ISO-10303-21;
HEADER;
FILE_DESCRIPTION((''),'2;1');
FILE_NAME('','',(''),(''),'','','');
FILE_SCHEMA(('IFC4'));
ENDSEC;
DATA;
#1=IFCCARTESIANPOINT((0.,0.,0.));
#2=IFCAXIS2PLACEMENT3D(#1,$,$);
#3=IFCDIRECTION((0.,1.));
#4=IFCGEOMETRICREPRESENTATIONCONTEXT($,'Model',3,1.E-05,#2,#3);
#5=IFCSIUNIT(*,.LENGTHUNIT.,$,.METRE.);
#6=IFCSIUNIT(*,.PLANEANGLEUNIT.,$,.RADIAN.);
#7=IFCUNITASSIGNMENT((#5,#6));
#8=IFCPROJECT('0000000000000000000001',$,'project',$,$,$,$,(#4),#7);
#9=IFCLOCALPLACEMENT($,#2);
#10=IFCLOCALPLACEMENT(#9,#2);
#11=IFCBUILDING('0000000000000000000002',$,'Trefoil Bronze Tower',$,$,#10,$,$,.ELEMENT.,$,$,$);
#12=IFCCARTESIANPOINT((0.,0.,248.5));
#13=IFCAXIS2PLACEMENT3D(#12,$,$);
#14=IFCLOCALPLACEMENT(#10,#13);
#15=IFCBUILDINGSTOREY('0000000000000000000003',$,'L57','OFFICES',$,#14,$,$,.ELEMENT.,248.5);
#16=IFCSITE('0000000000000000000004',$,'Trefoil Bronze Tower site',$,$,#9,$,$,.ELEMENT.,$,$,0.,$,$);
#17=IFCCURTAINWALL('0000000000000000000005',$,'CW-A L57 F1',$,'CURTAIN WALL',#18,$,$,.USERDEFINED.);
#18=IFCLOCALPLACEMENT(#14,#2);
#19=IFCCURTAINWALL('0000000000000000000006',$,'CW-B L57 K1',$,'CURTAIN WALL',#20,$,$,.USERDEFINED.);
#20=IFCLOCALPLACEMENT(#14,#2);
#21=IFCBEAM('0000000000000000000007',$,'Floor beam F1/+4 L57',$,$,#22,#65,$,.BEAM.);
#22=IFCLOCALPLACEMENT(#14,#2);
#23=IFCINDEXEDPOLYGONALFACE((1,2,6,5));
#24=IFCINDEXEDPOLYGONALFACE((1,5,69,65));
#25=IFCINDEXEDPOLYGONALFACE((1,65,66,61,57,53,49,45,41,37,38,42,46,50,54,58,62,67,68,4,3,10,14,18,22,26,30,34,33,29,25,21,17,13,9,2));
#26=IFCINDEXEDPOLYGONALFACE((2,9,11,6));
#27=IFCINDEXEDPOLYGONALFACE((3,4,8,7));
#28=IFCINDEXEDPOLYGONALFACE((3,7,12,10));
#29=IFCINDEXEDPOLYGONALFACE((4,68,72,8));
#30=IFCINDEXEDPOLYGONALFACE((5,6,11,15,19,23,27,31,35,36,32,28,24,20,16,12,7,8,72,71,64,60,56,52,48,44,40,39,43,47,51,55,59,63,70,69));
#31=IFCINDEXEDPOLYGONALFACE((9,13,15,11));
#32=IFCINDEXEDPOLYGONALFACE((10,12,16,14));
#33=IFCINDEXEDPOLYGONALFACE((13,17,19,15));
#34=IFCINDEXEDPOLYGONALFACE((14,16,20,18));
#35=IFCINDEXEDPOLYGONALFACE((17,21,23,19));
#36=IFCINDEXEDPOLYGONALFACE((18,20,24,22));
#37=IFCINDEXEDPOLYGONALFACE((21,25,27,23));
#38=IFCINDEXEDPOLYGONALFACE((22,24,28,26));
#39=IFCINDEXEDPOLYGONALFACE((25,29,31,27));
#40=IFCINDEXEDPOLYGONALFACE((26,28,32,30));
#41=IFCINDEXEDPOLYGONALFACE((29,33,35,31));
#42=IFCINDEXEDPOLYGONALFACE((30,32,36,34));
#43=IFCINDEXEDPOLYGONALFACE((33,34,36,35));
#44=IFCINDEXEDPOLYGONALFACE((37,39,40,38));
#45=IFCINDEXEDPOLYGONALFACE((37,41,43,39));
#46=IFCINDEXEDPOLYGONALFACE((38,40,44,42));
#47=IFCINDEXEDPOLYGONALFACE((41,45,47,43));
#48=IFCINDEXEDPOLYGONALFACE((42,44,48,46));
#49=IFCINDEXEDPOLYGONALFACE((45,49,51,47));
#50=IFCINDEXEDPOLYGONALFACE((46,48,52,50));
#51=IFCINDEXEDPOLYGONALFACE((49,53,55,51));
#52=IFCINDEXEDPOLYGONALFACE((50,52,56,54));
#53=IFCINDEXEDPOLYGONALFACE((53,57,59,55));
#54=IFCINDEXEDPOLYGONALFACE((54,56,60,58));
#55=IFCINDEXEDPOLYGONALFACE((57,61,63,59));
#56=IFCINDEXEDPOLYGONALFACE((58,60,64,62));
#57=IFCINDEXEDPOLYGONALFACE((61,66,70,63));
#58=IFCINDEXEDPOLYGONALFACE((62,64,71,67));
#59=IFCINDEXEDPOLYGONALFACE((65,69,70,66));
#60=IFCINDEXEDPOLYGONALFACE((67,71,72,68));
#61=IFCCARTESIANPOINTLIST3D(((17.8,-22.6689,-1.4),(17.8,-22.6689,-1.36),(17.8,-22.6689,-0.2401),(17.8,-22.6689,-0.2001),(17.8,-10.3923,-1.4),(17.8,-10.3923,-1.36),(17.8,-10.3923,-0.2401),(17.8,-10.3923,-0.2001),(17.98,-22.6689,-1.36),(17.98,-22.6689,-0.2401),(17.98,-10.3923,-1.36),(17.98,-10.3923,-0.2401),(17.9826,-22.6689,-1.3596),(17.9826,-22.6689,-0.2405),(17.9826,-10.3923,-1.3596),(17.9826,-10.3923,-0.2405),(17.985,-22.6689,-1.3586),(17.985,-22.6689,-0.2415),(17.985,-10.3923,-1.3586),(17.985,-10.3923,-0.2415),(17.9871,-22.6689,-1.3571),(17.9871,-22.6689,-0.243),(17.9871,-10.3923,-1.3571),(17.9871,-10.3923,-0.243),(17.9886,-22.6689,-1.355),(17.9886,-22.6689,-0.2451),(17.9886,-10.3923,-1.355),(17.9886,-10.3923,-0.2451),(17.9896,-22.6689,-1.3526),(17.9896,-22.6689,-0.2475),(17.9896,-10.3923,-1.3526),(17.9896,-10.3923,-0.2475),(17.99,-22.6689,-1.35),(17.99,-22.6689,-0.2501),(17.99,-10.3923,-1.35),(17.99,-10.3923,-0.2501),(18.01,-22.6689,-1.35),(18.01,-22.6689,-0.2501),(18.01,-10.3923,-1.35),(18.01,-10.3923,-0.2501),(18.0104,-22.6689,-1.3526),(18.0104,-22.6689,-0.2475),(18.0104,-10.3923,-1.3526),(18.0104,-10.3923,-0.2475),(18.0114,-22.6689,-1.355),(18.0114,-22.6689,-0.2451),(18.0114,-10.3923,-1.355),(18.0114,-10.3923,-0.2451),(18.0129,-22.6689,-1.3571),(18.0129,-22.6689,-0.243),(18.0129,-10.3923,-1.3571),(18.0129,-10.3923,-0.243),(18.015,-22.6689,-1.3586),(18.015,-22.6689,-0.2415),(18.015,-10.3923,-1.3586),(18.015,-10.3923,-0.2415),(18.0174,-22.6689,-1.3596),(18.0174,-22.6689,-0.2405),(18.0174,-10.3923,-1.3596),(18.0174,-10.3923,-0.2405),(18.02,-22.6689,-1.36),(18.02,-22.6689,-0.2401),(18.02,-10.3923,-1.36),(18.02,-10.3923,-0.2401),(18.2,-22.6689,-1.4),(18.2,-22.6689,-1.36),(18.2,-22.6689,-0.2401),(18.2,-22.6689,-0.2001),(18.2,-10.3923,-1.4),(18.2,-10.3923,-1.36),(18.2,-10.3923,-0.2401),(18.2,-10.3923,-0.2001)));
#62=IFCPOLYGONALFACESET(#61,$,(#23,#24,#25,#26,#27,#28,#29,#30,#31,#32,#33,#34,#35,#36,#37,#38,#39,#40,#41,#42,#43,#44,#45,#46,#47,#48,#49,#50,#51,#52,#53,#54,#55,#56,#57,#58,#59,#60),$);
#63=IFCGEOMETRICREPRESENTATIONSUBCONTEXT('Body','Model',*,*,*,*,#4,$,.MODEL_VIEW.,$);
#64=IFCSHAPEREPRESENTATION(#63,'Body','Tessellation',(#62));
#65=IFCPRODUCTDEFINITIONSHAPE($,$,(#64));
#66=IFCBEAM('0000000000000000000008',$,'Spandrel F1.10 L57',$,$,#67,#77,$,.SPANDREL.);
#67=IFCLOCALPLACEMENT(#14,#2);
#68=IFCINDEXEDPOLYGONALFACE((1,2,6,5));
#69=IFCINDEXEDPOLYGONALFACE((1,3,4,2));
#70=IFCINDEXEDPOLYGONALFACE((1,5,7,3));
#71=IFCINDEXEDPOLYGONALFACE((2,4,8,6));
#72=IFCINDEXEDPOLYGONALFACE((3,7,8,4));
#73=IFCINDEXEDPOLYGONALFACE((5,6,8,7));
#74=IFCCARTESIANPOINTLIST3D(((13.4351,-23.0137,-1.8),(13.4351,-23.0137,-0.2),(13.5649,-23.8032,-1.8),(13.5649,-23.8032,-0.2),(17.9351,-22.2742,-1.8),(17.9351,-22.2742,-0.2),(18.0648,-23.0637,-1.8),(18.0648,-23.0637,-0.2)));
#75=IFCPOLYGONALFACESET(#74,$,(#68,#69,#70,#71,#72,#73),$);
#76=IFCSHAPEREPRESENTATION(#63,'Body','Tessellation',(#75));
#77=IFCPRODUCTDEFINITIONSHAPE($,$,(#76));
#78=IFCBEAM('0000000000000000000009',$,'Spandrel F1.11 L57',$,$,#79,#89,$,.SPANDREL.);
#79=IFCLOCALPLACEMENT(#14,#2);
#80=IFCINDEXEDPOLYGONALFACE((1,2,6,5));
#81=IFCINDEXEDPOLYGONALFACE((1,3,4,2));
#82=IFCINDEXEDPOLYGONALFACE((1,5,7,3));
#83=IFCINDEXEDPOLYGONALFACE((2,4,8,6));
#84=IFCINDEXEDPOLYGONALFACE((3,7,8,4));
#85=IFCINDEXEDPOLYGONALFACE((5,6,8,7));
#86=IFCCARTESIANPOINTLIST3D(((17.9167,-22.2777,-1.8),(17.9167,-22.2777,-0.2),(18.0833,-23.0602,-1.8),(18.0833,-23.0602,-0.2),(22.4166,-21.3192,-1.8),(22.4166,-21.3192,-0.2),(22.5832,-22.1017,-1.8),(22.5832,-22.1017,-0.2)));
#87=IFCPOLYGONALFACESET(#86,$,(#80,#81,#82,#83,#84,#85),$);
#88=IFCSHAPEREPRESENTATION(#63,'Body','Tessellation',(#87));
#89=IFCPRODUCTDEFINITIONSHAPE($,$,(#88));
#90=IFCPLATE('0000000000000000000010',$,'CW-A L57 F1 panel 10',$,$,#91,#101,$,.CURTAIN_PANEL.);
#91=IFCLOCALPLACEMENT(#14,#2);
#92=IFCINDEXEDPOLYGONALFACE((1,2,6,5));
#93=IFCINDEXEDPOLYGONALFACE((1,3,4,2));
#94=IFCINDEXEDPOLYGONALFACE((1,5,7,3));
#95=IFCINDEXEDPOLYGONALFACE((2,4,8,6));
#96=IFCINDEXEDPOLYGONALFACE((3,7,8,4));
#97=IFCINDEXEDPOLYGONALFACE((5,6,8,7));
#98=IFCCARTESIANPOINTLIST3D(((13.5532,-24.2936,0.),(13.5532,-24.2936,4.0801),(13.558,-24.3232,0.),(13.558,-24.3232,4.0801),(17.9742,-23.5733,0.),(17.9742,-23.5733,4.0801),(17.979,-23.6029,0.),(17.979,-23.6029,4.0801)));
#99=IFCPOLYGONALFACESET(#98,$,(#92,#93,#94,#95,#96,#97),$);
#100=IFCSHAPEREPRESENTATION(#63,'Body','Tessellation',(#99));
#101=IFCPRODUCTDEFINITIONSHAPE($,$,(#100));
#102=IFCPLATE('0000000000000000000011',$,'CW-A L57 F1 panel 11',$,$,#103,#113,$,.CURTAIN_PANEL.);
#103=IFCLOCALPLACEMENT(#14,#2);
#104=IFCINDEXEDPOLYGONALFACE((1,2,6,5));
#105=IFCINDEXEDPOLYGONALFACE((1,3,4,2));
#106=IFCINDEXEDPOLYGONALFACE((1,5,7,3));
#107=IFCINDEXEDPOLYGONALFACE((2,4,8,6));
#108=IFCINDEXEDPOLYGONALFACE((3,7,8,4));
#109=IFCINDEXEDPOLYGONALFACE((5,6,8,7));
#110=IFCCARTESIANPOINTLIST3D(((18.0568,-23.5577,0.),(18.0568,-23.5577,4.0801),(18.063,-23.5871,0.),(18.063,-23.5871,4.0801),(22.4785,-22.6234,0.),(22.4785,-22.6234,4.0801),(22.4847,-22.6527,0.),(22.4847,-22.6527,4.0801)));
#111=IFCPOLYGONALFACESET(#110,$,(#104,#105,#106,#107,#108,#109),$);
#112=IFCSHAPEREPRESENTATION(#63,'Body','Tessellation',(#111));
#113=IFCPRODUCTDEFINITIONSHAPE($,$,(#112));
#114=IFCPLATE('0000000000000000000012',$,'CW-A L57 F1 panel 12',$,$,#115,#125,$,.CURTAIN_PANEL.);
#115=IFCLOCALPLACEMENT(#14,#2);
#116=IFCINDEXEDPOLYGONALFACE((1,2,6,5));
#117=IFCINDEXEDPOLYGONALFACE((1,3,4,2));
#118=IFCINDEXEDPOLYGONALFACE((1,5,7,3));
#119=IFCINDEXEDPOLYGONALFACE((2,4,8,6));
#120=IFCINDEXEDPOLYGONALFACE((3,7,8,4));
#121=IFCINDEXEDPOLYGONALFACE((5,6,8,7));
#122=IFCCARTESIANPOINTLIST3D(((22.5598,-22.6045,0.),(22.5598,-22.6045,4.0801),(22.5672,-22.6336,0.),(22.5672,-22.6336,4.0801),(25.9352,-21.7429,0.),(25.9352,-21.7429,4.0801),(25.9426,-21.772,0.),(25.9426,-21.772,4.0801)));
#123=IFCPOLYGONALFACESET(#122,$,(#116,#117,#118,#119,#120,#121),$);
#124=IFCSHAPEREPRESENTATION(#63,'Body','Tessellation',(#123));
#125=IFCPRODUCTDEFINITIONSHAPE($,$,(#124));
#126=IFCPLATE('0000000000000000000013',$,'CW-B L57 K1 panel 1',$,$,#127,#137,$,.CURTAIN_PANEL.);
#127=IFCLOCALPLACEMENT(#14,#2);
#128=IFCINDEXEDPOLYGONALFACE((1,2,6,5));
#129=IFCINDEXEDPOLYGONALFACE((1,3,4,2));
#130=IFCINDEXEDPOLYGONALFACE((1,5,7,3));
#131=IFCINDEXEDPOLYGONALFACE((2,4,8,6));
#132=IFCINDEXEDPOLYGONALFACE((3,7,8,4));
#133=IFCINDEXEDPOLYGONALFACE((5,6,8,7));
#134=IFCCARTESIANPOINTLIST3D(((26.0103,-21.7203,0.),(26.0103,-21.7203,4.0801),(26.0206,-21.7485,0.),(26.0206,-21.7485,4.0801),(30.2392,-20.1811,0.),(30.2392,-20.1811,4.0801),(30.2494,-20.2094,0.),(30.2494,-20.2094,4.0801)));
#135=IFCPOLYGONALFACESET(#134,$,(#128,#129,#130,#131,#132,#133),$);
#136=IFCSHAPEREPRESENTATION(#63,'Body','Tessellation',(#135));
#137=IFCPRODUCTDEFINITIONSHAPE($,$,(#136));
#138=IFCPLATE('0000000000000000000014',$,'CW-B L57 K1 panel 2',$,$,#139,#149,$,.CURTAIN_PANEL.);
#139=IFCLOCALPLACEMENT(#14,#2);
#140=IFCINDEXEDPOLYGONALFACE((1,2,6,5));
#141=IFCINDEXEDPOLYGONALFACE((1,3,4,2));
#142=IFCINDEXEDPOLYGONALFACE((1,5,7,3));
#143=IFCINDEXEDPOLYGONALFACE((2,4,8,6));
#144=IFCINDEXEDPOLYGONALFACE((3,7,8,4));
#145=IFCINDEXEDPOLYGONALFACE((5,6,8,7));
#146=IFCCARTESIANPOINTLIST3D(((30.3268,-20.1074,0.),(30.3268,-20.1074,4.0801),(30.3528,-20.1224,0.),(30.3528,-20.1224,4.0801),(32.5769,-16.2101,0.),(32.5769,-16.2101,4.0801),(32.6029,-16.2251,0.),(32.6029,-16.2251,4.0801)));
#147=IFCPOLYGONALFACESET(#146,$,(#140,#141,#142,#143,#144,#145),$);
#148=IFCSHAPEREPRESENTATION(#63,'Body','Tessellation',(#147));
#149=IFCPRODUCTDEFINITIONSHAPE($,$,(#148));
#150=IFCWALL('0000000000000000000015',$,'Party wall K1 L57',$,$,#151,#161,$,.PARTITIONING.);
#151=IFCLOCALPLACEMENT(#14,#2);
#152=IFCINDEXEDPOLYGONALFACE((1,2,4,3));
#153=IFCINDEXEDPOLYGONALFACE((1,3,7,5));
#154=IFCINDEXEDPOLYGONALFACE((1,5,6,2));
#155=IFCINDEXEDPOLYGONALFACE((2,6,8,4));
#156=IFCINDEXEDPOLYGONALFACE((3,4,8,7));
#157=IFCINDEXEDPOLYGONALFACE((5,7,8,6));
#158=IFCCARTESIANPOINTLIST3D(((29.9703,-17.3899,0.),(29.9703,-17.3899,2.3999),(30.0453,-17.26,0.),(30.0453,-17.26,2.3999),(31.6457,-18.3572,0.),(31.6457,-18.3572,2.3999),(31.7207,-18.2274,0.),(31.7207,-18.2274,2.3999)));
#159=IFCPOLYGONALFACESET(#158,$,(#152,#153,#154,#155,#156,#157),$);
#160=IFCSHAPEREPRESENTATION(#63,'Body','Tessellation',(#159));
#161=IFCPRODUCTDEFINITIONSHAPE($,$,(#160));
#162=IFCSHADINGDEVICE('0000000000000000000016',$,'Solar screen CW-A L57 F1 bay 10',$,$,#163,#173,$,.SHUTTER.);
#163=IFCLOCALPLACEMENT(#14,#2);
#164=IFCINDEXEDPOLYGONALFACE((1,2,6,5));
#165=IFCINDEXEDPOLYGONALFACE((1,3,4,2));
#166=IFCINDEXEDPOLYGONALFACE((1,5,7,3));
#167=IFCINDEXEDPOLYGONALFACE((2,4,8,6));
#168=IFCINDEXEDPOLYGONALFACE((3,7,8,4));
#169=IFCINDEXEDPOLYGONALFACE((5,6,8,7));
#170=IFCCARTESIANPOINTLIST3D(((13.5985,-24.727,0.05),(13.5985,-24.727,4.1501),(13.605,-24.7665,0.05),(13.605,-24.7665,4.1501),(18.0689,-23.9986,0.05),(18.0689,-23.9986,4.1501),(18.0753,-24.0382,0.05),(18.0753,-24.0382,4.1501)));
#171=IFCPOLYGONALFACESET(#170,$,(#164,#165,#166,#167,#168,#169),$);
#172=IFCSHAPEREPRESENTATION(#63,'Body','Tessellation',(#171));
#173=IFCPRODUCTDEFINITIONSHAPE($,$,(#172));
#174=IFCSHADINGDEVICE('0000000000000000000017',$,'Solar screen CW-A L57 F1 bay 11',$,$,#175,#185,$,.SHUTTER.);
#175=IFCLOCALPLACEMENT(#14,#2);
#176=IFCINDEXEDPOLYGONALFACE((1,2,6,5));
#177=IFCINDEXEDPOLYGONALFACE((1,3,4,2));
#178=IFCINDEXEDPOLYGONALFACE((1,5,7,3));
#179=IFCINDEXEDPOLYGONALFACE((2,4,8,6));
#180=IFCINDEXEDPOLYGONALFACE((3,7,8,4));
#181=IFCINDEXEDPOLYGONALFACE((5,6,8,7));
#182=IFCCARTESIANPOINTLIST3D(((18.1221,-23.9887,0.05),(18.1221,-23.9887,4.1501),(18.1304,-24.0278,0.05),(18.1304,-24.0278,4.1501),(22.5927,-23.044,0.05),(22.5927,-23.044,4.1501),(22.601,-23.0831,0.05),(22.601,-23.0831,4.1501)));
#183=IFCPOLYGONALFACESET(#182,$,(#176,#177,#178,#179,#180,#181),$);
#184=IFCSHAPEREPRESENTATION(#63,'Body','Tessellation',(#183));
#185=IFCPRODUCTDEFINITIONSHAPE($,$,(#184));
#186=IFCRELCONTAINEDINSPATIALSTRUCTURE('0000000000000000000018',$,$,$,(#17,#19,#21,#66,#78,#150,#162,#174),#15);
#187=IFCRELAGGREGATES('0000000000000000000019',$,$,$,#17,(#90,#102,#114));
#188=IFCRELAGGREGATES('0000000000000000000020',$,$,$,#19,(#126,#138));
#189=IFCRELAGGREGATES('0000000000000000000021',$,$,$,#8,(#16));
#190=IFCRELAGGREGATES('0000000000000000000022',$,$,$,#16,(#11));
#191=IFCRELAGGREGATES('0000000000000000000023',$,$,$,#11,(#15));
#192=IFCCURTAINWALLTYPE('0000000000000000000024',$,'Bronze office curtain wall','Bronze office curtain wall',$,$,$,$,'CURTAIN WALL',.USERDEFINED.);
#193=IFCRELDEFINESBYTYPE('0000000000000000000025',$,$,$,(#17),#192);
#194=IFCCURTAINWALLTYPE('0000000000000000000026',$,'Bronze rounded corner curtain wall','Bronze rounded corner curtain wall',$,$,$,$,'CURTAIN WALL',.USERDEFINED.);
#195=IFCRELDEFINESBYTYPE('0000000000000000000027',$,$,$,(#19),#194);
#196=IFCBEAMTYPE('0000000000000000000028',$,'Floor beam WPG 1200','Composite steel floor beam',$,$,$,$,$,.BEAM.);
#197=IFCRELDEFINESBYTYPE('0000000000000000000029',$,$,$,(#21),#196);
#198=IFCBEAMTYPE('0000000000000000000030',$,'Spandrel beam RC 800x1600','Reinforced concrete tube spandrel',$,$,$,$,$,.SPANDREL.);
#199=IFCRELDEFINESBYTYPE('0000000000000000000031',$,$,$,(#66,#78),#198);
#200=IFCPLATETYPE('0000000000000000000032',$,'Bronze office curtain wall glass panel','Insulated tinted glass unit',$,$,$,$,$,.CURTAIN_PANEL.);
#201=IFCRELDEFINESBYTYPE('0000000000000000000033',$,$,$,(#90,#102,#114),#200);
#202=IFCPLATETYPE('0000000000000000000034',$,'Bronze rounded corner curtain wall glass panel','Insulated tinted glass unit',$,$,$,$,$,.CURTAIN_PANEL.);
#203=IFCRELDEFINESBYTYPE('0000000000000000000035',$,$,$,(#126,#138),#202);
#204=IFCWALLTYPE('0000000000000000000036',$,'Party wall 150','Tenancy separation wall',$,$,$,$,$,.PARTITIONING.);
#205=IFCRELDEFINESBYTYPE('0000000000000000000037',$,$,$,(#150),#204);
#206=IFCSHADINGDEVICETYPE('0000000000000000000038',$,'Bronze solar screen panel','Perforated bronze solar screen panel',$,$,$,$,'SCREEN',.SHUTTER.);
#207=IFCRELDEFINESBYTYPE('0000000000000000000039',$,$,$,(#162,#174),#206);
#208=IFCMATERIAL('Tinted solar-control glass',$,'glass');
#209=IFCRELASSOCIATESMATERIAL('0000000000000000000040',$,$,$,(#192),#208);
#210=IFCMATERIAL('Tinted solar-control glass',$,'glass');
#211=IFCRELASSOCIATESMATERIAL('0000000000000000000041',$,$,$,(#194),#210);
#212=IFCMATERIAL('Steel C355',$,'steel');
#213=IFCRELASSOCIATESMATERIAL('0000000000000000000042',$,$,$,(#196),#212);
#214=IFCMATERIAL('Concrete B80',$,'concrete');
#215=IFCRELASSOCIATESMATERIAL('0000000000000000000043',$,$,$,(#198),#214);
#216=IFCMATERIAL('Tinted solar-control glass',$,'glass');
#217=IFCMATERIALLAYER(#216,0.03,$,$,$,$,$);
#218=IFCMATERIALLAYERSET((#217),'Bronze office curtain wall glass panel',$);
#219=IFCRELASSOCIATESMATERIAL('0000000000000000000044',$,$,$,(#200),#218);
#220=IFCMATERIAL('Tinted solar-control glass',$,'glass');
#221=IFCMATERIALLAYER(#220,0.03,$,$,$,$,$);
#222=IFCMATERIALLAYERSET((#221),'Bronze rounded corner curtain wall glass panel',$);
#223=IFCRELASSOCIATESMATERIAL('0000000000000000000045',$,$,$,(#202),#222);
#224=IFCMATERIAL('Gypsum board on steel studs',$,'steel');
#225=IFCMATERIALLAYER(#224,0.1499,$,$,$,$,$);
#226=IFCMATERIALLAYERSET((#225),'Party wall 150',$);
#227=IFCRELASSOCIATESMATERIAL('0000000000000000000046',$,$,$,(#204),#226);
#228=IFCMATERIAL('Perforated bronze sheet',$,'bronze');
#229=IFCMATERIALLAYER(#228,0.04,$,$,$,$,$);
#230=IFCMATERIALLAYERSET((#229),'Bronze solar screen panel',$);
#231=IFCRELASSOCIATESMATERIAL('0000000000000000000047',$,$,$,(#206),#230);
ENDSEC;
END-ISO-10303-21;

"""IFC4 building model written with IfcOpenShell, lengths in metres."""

from ifc_helpers import new_model, si_unit, direction, frame, frame_2d, origin, origin_2d, place, context, subcontext, project, spatial, rectangle, i_section, extrude, material, layer, layer_set, material_profile, profile_set, type_object, element, aggregate, save


model = new_model("IFC4")

# Units and contexts
model_context = context("Model", 3, precision=1e-05, world=origin(), true_north=direction((0.0, 1.0)))
body_context = subcontext(model_context, "Body", "Model", "MODEL_VIEW")
ifc_project = project(units=[si_unit("LENGTHUNIT", "METRE"), si_unit("PLANEANGLEUNIT", "RADIAN")], contexts=[model_context])

# Site, building, storey
site_placement = place(None, origin())
site = spatial("IfcSite", under=ifc_project, at=site_placement, Name="Trefoil Bronze Tower site", CompositionType="ELEMENT", RefElevation=0.0)
building_placement = place(site_placement, origin())
building = spatial("IfcBuilding", under=site, at=building_placement, Name="Trefoil Bronze Tower", CompositionType="ELEMENT")
storey_placement = place(building_placement, frame((0.0, 0.0, 248.5)))
storey = spatial("IfcBuildingStorey", under=building, at=storey_placement, Name="L57", Description="OFFICES", CompositionType="ELEMENT", Elevation=248.5)

# Curtain walls
ifc_material_1 = material(Name="Tinted solar-control glass", Category="glass")
curtain_wall_type_1 = type_object("IfcCurtainWallType", Name="Bronze office curtain wall", Description="Bronze office curtain wall", ElementType="CURTAIN WALL", PredefinedType="USERDEFINED", material=ifc_material_1)
curtain_wall_1_placement = place(storey_placement, origin())
curtain_wall_1 = element("IfcCurtainWall", 1, at=curtain_wall_1_placement, inside=storey, type_object=curtain_wall_type_1, Name="CW-A L57 F1", ObjectType="CURTAIN WALL", PredefinedType="USERDEFINED")
ifc_material_2 = material(Name="Tinted solar-control glass", Category="glass")
curtain_wall_type_2 = type_object("IfcCurtainWallType", Name="Bronze rounded corner curtain wall", Description="Bronze rounded corner curtain wall", ElementType="CURTAIN WALL", PredefinedType="USERDEFINED", material=ifc_material_2)
curtain_wall_2_placement = place(storey_placement, origin())
curtain_wall_2 = element("IfcCurtainWall", 2, at=curtain_wall_2_placement, inside=storey, type_object=curtain_wall_type_2, Name="CW-B L57 K1", ObjectType="CURTAIN WALL", PredefinedType="USERDEFINED")

# Beams
ifc_material_3 = material(Name="Steel C355", Category="steel")
ifc_material_profile_1 = material_profile(ifc_material_3, i_section(OverallWidth=0.3999, OverallDepth=1.2, WebThickness=0.02, FlangeThickness=0.04, FilletRadius=0.01, at=origin_2d()), Name="WPG 1200")
ifc_profile_set_1 = profile_set([ifc_material_profile_1], Name="Steel C355")
beam_type_1 = type_object("IfcBeamType", Name="Floor beam WPG 1200", Description="Composite steel floor beam", PredefinedType="BEAM", material=ifc_profile_set_1)
beam_1_placement = place(storey_placement, frame((18.0, -22.6689, -0.8), z_axis=(0.0, 1.0, 0.0), x_axis=(-1.0, 0.0, 0.0)))
element("IfcBeam", 3, at=beam_1_placement, inside=storey, type_object=beam_type_1, Name="Floor beam F1/+4 L57", PredefinedType="BEAM", context=body_context, shape_type="SweptSolid", body=[
    extrude(i_section(OverallWidth=0.3999, OverallDepth=1.2, WebThickness=0.02, FlangeThickness=0.04, FilletRadius=0.01, at=origin_2d()), origin(), (0.0, 0.0, 1.0), 12.2766),
])
ifc_material_4 = material(Name="Concrete B80", Category="concrete")
ifc_material_profile_2 = material_profile(ifc_material_4, rectangle(XDim=0.8, YDim=1.6001, at=origin_2d()), Name="RC 800x1600")
ifc_profile_set_2 = profile_set([ifc_material_profile_2], Name="Concrete B80")
beam_type_2 = type_object("IfcBeamType", Name="Spandrel beam RC 800x1600", Description="Reinforced concrete tube spandrel", PredefinedType="SPANDREL", material=ifc_profile_set_2)
beam_2_placement = place(storey_placement, frame((13.5, -23.4084, -1.0), z_axis=(0.986765, 0.162159, 0.0), x_axis=(-0.162159, 0.986765, 0.0)))
element("IfcBeam", 4, at=beam_2_placement, inside=storey, type_object=beam_type_2, Name="Spandrel F1.10 L57", PredefinedType="SPANDREL", context=body_context, shape_type="SweptSolid", body=[
    extrude(rectangle(XDim=0.8, YDim=1.6001, at=origin_2d()), origin(), (0.0, 0.0, 1.0), 4.5603),
])
beam_3_placement = place(storey_placement, frame((18.0, -22.6689, -1.0), z_axis=(0.978059, 0.208326, 0.0), x_axis=(-0.208326, 0.978059, 0.0)))
element("IfcBeam", 5, at=beam_3_placement, inside=storey, type_object=beam_type_2, Name="Spandrel F1.11 L57", PredefinedType="SPANDREL", context=body_context, shape_type="SweptSolid", body=[
    extrude(rectangle(XDim=0.8, YDim=1.6001, at=origin_2d()), origin(), (0.0, 0.0, 1.0), 4.6008),
])

# Plates
ifc_material_5 = material(Name="Tinted solar-control glass", Category="glass")
ifc_layer_1 = layer(ifc_material_5, 0.03)
ifc_layer_set_1 = layer_set([ifc_layer_1], Name="Bronze office curtain wall glass panel")
plate_type_1 = type_object("IfcPlateType", Name="Bronze office curtain wall glass panel", Description="Insulated tinted glass unit", PredefinedType="CURTAIN_PANEL", material=ifc_layer_set_1)
plate_1_placement = place(storey_placement, frame((15.7661, -23.9482, 0.0), z_axis=(0.0, 0.0, 1.0), x_axis=(0.986987, 0.160803, 0.0)))
plate_1 = element("IfcPlate", 6, at=plate_1_placement, type_object=plate_type_1, Name="CW-A L57 F1 panel 10", PredefinedType="CURTAIN_PANEL", context=body_context, shape_type="SweptSolid", body=[
    extrude(rectangle(XDim=4.4792, YDim=0.03, at=origin_2d()), origin(), (0.0, 0.0, 1.0), 4.0801),
])
plate_2_placement = place(storey_placement, frame((20.2708, -23.1052, 0.0), z_axis=(0.0, 0.0, 1.0), x_axis=(0.978394, 0.206747, 0.0)))
plate_2 = element("IfcPlate", 7, at=plate_2_placement, type_object=plate_type_1, Name="CW-A L57 F1 panel 11", PredefinedType="CURTAIN_PANEL", context=body_context, shape_type="SweptSolid", body=[
    extrude(rectangle(XDim=4.5193, YDim=0.03, at=origin_2d()), origin(), (0.0, 0.0, 1.0), 4.0801),
])
plate_3_placement = place(storey_placement, frame((24.2512, -22.1882, 0.0), z_axis=(0.0, 0.0, 1.0), x_axis=(0.968934, 0.247319, 0.0)))
plate_3 = element("IfcPlate", 8, at=plate_3_placement, type_object=plate_type_1, Name="CW-A L57 F1 panel 12", PredefinedType="CURTAIN_PANEL", context=body_context, shape_type="SweptSolid", body=[
    extrude(rectangle(XDim=3.4836, YDim=0.03, at=origin_2d()), origin(), (0.0, 0.0, 1.0), 4.0801),
])
aggregate(curtain_wall_1, [plate_1, plate_2, plate_3])
ifc_material_6 = material(Name="Tinted solar-control glass", Category="glass")
ifc_layer_2 = layer(ifc_material_6, 0.03)
ifc_layer_set_2 = layer_set([ifc_layer_2], Name="Bronze rounded corner curtain wall glass panel")
plate_type_2 = type_object("IfcPlateType", Name="Bronze rounded corner curtain wall glass panel", Description="Insulated tinted glass unit", PredefinedType="CURTAIN_PANEL", material=ifc_layer_set_2)
plate_4_placement = place(storey_placement, frame((28.1299, -20.9648, 0.0), z_axis=(0.0, 0.0, 1.0), x_axis=(0.939693, 0.34202, 0.0)))
plate_4 = element("IfcPlate", 9, at=plate_4_placement, type_object=plate_type_2, Name="CW-B L57 K1 panel 1", PredefinedType="CURTAIN_PANEL", context=body_context, shape_type="SweptSolid", body=[
    extrude(rectangle(XDim=4.5002, YDim=0.03, at=origin_2d()), origin(), (0.0, 0.0, 1.0), 4.0801),
])
plate_5_placement = place(storey_placement, frame((31.4648, -18.1663, 0.0), z_axis=(0.0, 0.0, 1.0), x_axis=(0.5, 0.866025, 0.0)))
plate_5 = element("IfcPlate", 10, at=plate_5_placement, type_object=plate_type_2, Name="CW-B L57 K1 panel 2", PredefinedType="CURTAIN_PANEL", context=body_context, shape_type="SweptSolid", body=[
    extrude(rectangle(XDim=4.5002, YDim=0.03, at=origin_2d()), origin(), (0.0, 0.0, 1.0), 4.0801),
])
aggregate(curtain_wall_2, [plate_4, plate_5])

# Wall
ifc_material_7 = material(Name="Gypsum board on steel studs", Category="steel")
ifc_layer_3 = layer(ifc_material_7, 0.1499)
ifc_layer_set_3 = layer_set([ifc_layer_3], Name="Party wall 150")
wall_type = type_object("IfcWallType", Name="Party wall 150", Description="Tenancy separation wall", PredefinedType="PARTITIONING", material=ifc_layer_set_3)
wall_placement = place(storey_placement, frame((30.0078, -17.325, 0.0), z_axis=(0.0, 0.0, 1.0), x_axis=(0.866013, -0.500021, 0.0)))
element("IfcWall", 11, at=wall_placement, inside=storey, type_object=wall_type, Name="Party wall K1 L57", PredefinedType="PARTITIONING", context=body_context, shape_type="SweptSolid", body=[
    extrude(rectangle(XDim=1.9346, YDim=0.1499, at=frame_2d((0.9673, 0.0))), origin(), (0.0, 0.0, 1.0), 2.3999),
])

# Shading devices
ifc_material_8 = material(Name="Perforated bronze sheet", Category="bronze")
ifc_layer_4 = layer(ifc_material_8, 0.04)
ifc_layer_set_4 = layer_set([ifc_layer_4], Name="Bronze solar screen panel")
shading_device_type = type_object("IfcShadingDeviceType", Name="Bronze solar screen panel", Description="Perforated bronze solar screen panel", ElementType="SCREEN", PredefinedType="SHUTTER", material=ifc_layer_set_4)
shading_device_1_placement = place(storey_placement, frame((15.8369, -24.3826, 0.05), z_axis=(0.0, 0.0, 1.0), x_axis=(0.986987, 0.160803, 0.0)))
element("IfcShadingDevice", 12, at=shading_device_1_placement, inside=storey, type_object=shading_device_type, Name="Solar screen CW-A L57 F1 bay 10", PredefinedType="SHUTTER", context=body_context, shape_type="SweptSolid", body=[
    extrude(rectangle(XDim=4.5293, YDim=0.04, at=origin_2d()), origin(), (0.0, 0.0, 1.0), 4.1001),
])
shading_device_2_placement = place(storey_placement, frame((20.3616, -23.5359, 0.05), z_axis=(0.0, 0.0, 1.0), x_axis=(0.978394, 0.206747, 0.0)))
element("IfcShadingDevice", 13, at=shading_device_2_placement, inside=storey, type_object=shading_device_type, Name="Solar screen CW-A L57 F1 bay 11", PredefinedType="SHUTTER", context=body_context, shape_type="SweptSolid", body=[
    extrude(rectangle(XDim=4.5693, YDim=0.04, at=origin_2d()), origin(), (0.0, 0.0, 1.0), 4.1001),
])

save(model, "model.ifc")
